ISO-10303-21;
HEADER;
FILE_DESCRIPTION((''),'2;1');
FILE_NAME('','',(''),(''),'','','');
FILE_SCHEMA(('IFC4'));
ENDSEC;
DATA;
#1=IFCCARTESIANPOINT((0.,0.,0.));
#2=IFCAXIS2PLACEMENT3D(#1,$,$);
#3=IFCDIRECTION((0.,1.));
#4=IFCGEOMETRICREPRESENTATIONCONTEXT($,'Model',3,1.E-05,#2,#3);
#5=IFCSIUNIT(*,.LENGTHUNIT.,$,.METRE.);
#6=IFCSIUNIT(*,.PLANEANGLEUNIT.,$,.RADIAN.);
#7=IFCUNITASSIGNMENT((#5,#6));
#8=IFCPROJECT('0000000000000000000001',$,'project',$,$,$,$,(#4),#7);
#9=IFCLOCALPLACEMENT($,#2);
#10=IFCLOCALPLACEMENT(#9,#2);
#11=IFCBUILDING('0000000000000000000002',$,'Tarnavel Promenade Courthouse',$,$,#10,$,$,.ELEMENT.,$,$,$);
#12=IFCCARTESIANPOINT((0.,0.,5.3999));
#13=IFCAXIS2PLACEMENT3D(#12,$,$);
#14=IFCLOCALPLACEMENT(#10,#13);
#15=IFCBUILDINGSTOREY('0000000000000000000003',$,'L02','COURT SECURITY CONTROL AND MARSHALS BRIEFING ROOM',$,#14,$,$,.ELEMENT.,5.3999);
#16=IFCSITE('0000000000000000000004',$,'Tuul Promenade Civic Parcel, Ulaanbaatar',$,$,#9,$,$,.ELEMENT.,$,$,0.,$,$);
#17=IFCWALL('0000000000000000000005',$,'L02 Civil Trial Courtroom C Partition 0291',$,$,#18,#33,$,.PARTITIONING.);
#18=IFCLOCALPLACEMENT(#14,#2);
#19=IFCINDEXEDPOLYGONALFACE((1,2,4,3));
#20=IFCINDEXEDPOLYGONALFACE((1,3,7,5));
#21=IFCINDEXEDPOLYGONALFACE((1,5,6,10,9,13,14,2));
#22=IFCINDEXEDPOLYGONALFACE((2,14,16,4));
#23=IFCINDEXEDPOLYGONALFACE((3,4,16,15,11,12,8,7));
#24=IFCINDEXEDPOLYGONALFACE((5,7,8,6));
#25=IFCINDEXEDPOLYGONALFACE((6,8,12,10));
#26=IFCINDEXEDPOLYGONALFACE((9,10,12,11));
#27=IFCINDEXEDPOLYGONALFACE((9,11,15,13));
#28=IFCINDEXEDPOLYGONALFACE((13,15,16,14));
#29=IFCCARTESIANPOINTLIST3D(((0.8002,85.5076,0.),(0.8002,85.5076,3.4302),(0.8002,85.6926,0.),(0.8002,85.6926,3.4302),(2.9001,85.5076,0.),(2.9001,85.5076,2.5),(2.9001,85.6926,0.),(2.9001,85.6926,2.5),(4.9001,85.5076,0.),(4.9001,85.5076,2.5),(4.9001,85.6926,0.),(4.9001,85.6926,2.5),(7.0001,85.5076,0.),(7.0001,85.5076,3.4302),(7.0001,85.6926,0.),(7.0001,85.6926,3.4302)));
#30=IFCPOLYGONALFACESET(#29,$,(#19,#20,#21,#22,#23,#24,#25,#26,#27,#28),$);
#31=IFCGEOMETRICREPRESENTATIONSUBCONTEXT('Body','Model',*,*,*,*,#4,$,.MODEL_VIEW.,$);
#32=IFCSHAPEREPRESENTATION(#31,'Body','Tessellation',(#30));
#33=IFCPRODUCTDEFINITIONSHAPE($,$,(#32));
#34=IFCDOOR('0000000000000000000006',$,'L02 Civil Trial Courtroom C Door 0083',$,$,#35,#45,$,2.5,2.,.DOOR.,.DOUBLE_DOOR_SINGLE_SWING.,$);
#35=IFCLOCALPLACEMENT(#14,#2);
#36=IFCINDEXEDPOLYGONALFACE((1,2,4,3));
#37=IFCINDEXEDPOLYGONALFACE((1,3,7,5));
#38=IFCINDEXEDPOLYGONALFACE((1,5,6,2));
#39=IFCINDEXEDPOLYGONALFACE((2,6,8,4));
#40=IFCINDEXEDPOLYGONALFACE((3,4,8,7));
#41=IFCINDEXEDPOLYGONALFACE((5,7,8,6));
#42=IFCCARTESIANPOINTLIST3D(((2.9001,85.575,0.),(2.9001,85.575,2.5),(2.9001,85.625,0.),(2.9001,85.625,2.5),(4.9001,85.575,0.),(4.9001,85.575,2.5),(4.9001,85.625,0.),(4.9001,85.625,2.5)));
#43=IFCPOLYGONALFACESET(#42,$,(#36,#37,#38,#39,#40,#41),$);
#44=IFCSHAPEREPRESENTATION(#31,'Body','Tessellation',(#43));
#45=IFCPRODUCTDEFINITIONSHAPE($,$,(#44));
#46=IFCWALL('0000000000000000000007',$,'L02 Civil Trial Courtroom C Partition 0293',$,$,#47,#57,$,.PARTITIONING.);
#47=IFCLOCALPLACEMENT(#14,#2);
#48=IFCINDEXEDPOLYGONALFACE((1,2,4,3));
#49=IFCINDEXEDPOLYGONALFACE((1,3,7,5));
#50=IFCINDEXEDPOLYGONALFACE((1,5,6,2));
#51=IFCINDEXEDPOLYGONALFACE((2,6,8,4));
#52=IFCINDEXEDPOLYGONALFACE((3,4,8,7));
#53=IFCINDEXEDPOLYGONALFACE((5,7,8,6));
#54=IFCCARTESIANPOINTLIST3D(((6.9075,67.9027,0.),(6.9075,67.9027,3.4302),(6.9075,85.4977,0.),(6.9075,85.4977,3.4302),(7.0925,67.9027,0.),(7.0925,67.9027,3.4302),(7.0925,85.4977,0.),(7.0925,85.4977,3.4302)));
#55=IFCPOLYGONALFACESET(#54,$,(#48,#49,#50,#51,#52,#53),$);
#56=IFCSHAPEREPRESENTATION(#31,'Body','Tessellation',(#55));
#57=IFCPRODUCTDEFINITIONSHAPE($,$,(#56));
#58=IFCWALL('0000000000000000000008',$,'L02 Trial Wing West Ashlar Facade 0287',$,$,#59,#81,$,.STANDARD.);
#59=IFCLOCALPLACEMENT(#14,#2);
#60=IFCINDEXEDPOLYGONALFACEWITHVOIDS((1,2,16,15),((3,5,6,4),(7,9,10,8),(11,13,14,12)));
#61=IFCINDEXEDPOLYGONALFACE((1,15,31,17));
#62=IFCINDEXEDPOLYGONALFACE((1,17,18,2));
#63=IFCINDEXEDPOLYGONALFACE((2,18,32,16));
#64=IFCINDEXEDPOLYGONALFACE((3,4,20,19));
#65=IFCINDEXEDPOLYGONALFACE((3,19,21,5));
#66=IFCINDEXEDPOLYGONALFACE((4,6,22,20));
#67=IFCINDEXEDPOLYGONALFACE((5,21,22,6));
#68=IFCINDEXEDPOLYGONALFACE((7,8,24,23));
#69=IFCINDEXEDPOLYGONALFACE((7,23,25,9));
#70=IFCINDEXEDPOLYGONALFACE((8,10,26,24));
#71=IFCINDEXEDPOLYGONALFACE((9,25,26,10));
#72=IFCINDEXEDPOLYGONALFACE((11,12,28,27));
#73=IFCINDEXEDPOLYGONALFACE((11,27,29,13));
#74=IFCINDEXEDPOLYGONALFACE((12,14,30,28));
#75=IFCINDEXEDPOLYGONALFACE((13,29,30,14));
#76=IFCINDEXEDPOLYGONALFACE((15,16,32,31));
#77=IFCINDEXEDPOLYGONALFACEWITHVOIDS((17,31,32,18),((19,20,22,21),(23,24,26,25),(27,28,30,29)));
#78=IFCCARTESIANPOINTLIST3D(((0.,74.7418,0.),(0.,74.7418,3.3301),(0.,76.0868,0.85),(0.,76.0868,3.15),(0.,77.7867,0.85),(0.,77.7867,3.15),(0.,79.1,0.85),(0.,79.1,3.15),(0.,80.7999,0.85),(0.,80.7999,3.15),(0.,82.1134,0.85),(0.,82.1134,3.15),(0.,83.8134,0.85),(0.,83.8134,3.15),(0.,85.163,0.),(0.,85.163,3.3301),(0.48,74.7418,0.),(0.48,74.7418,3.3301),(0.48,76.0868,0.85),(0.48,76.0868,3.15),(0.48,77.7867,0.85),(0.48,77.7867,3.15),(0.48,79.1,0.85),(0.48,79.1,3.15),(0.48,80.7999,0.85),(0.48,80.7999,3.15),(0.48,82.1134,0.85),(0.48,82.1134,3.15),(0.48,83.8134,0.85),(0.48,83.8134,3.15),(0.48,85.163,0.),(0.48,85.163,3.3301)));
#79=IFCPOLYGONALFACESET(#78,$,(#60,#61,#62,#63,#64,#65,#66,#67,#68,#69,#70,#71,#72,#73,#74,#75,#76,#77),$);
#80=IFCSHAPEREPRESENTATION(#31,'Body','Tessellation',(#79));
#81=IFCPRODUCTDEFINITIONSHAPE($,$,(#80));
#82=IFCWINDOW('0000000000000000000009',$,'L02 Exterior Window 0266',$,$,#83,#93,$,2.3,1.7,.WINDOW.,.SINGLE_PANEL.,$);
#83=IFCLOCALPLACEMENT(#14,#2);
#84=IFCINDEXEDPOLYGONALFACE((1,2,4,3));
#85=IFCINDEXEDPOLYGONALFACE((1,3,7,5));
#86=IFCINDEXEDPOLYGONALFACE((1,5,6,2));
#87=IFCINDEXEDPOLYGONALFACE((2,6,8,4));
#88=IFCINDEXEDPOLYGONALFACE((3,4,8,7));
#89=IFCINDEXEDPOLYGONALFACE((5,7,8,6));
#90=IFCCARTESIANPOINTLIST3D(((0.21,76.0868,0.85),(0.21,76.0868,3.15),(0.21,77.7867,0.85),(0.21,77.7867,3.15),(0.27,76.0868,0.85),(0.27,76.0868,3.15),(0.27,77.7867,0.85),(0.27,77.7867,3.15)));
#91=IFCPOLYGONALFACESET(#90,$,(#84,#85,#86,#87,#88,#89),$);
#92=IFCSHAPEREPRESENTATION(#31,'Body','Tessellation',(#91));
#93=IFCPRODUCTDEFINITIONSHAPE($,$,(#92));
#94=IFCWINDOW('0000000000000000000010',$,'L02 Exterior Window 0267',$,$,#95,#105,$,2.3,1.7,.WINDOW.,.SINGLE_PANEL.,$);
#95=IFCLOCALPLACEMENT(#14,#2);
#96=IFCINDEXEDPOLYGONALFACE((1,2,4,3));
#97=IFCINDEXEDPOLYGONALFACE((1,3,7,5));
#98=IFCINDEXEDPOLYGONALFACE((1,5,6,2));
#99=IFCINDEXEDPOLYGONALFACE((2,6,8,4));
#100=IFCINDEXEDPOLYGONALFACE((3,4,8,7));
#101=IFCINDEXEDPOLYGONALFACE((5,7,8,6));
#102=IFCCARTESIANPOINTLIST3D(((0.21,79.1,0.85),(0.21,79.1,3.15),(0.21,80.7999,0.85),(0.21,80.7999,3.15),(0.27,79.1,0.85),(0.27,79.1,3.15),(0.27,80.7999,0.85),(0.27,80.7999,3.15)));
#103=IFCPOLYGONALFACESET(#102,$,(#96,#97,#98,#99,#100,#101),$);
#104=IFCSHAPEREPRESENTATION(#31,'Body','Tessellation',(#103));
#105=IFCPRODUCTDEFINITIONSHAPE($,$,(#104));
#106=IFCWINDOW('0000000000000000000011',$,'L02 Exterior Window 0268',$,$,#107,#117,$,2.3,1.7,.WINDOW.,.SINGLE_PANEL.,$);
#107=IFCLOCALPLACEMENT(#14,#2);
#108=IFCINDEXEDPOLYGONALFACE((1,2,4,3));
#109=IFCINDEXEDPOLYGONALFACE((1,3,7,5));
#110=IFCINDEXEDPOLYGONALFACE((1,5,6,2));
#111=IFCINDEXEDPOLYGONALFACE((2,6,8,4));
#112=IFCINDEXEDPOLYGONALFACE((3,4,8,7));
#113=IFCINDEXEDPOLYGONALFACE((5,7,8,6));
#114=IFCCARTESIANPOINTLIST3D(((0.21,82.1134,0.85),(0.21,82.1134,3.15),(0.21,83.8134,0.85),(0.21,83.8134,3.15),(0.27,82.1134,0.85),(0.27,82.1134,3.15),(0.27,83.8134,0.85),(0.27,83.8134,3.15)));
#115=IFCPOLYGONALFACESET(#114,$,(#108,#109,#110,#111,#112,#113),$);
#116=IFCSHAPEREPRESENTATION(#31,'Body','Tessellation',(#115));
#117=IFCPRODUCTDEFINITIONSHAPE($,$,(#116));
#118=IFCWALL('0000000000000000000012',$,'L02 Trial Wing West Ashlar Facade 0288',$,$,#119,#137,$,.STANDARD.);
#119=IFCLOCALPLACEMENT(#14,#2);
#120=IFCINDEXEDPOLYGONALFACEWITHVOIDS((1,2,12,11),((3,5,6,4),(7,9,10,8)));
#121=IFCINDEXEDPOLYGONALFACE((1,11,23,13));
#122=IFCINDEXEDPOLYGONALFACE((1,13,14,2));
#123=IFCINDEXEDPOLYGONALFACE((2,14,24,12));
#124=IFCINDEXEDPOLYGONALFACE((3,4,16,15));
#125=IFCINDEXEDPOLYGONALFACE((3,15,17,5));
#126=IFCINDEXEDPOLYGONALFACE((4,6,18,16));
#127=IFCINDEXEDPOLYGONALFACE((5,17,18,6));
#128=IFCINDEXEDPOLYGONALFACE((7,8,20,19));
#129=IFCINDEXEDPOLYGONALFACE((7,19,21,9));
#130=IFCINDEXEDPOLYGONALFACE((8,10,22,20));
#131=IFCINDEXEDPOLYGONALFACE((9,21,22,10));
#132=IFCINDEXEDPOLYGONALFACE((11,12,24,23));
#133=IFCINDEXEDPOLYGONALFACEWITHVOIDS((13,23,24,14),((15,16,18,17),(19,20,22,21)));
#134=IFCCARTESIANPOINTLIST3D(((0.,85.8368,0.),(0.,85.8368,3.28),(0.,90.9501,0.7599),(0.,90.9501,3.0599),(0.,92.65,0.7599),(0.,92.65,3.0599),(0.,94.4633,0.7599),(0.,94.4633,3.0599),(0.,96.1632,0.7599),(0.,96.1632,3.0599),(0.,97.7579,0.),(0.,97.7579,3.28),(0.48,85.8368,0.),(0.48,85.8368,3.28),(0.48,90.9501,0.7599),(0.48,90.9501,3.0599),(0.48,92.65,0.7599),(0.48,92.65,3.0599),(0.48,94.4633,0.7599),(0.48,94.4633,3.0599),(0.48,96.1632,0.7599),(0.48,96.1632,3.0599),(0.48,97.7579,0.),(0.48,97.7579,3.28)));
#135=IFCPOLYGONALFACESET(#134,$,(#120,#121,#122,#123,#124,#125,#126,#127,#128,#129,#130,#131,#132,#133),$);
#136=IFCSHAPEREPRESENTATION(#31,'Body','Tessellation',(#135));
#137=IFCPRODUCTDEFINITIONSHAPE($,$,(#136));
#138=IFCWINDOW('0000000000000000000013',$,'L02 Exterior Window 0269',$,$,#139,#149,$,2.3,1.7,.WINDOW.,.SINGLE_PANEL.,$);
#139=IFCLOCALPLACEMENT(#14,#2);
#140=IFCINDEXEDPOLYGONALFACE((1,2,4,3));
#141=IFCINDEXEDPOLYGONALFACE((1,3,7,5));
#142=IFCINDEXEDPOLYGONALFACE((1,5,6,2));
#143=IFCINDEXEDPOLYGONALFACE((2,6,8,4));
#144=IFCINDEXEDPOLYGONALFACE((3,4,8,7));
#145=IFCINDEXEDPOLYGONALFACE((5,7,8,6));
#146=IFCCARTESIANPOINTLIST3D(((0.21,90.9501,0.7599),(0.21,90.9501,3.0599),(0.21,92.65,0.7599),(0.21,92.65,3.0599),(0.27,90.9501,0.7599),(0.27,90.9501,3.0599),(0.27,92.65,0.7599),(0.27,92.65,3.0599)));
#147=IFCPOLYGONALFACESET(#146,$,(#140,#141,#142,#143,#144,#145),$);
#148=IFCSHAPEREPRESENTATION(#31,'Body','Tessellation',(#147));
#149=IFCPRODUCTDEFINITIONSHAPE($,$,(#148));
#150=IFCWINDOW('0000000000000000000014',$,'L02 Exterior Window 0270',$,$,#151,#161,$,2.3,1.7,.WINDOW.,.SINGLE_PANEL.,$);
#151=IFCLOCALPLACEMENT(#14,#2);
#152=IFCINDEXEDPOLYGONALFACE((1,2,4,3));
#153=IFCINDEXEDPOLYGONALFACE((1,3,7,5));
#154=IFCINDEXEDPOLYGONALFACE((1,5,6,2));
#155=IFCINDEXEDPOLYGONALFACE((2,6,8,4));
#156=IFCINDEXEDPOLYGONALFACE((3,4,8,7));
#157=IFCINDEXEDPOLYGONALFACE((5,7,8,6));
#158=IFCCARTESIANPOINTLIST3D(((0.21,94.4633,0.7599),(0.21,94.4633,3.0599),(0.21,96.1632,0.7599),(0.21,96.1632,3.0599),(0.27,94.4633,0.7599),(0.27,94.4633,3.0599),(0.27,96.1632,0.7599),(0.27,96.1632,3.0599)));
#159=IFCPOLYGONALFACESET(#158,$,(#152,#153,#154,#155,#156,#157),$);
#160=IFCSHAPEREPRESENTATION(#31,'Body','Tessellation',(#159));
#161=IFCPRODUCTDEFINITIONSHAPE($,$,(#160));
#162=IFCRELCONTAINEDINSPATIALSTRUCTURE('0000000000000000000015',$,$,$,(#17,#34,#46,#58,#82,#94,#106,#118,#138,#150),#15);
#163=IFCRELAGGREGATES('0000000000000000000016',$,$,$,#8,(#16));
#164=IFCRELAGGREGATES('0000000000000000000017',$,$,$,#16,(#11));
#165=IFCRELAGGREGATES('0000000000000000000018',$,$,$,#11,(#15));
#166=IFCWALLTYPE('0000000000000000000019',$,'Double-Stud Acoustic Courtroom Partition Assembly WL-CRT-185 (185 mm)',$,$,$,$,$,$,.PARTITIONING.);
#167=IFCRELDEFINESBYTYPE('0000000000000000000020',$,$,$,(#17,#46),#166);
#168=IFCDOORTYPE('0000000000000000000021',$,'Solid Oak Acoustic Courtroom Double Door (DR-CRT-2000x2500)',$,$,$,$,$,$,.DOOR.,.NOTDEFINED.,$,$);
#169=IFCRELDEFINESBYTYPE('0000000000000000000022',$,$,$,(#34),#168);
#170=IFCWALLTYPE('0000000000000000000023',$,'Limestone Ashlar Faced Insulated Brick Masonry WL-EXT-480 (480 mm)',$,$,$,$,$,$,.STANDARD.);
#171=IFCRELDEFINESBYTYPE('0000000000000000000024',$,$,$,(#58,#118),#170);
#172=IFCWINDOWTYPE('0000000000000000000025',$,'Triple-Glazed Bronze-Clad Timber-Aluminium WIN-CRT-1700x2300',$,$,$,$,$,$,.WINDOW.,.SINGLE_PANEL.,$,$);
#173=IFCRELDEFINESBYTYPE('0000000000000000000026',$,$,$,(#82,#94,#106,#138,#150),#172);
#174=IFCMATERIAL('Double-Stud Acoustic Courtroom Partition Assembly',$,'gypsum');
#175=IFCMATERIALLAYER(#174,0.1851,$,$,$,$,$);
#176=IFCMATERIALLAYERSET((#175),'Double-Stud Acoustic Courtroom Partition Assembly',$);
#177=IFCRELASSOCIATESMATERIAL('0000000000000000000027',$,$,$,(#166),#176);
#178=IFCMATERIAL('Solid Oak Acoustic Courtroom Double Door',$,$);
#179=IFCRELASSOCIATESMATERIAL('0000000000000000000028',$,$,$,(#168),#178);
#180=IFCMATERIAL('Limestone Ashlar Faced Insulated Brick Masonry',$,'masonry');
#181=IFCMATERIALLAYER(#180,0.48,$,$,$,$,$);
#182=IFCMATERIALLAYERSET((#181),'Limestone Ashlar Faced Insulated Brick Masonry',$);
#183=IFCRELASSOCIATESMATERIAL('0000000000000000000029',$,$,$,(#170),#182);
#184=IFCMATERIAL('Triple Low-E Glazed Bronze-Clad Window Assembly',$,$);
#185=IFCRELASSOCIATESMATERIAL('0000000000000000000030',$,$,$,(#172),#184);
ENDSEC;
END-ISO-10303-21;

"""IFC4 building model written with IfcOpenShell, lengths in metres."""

from ifc_helpers import new_model, si_unit, direction, frame, frame_2d, origin, place, context, subcontext, project, spatial, rectangle, extrude, material, layer, layer_set, type_object, element, fill, save


model = new_model("IFC4")

# Units and contexts
model_context = context("Model", 3, precision=1e-05, world=origin(), true_north=direction((0.0, 1.0)))
body_context = subcontext(model_context, "Body", "Model", "MODEL_VIEW")
ifc_project = project(units=[si_unit("LENGTHUNIT", "METRE"), si_unit("PLANEANGLEUNIT", "RADIAN")], contexts=[model_context])

# Site, building, storey
site_placement = place(None, origin())
site = spatial("IfcSite", under=ifc_project, at=site_placement, Name="Tuul Promenade Civic Parcel, Ulaanbaatar", CompositionType="ELEMENT", RefElevation=0.0)
building_placement = place(site_placement, origin())
building = spatial("IfcBuilding", under=site, at=building_placement, Name="Tarnavel Promenade Courthouse", CompositionType="ELEMENT")
storey_placement = place(building_placement, frame((0.0, 0.0, 5.3999)))
storey = spatial("IfcBuildingStorey", under=building, at=storey_placement, Name="L02", Description="COURT SECURITY CONTROL AND MARSHALS BRIEFING ROOM", CompositionType="ELEMENT", Elevation=5.3999)

# Wall, opening, door
ifc_material_1 = material(Name="Double-Stud Acoustic Courtroom Partition Assembly", Category="gypsum")
ifc_layer_1 = layer(ifc_material_1, 0.1851)
ifc_layer_set_1 = layer_set([ifc_layer_1], Name="Double-Stud Acoustic Courtroom Partition Assembly")
wall_type_1 = type_object("IfcWallType", Name="Double-Stud Acoustic Courtroom Partition Assembly WL-CRT-185 (185 mm)", PredefinedType="PARTITIONING", material=ifc_layer_set_1)
wall_1_placement = place(storey_placement, frame((0.8, 85.6001, 0.0), z_axis=(0.0, 0.0, 1.0), x_axis=(1.0, 0.0, 0.0)))
wall_1 = element("IfcWall", 1, at=wall_1_placement, inside=storey, type_object=wall_type_1, Name="L02 Civil Trial Courtroom C Partition 0291", PredefinedType="PARTITIONING", context=body_context, shape_type="SweptSolid", body=[
    extrude(rectangle(XDim=6.2, YDim=0.1851, at=frame_2d((3.1001, 0.0))), origin(), (0.0, 0.0, 1.0), 3.4302),
])
opening_1_placement = place(wall_1_placement, frame((2.1001, 0.0, 0.0)))
opening_1 = element("IfcOpeningElement", 2, at=opening_1_placement, cuts=wall_1, PredefinedType="OPENING", context=body_context, shape_type="SweptSolid", body=[
    extrude(rectangle(XDim=2.0, YDim=2.5, at=frame_2d((1.0, 1.25))), frame((0.0, 0.1025, 0.0), z_axis=(0.0, -1.0, 0.0), x_axis=(1.0, 0.0, 0.0)), (0.0, 0.0, 1.0), 0.2051),
])
ifc_material_2 = material(Name="Solid Oak Acoustic Courtroom Double Door")
door_type_1 = type_object("IfcDoorType", Name="Solid Oak Acoustic Courtroom Double Door (DR-CRT-2000x2500)", OperationType="NOTDEFINED", PredefinedType="DOOR", material=ifc_material_2)
door_1_placement = place(opening_1_placement, origin())
door_1 = element("IfcDoor", 3, at=door_1_placement, inside=storey, type_object=door_type_1, Name="L02 Civil Trial Courtroom C Door 0083", OperationType="DOUBLE_DOOR_SINGLE_SWING", OverallHeight=2.5, OverallWidth=2.0, PredefinedType="DOOR", context=body_context, shape_type="SweptSolid", body=[
    extrude(rectangle(XDim=2.0, YDim=2.5, at=frame_2d((1.0, 1.25))), frame((0.0, 0.0249, 0.0), z_axis=(0.0, -1.0, 0.0), x_axis=(1.0, 0.0, 0.0)), (0.0, 0.0, 1.0), 0.05),
])
fill(opening_1, door_1)

# Wall
wall_2_placement = place(storey_placement, frame((7.0, 85.4976, 0.0), z_axis=(0.0, 0.0, 1.0), x_axis=(0.0, -1.0, 0.0)))
element("IfcWall", 4, at=wall_2_placement, inside=storey, type_object=wall_type_1, Name="L02 Civil Trial Courtroom C Partition 0293", PredefinedType="PARTITIONING", context=body_context, shape_type="SweptSolid", body=[
    extrude(rectangle(XDim=17.595, YDim=0.1851, at=frame_2d((8.7974, 0.0))), origin(), (0.0, 0.0, 1.0), 3.4302),
])

# Walls, openings, windows
ifc_material_3 = material(Name="Limestone Ashlar Faced Insulated Brick Masonry", Category="masonry")
ifc_layer_2 = layer(ifc_material_3, 0.48)
ifc_layer_set_2 = layer_set([ifc_layer_2], Name="Limestone Ashlar Faced Insulated Brick Masonry")
wall_type_2 = type_object("IfcWallType", Name="Limestone Ashlar Faced Insulated Brick Masonry WL-EXT-480 (480 mm)", PredefinedType="STANDARD", material=ifc_layer_set_2)
wall_3_placement = place(storey_placement, frame((0.24, 74.7419, 0.0), z_axis=(0.0, 0.0, 1.0), x_axis=(0.0, 1.0, 0.0)))
wall_3 = element("IfcWall", 5, at=wall_3_placement, inside=storey, type_object=wall_type_2, Name="L02 Trial Wing West Ashlar Facade 0287", PredefinedType="STANDARD", context=body_context, shape_type="SweptSolid", body=[
    extrude(rectangle(XDim=10.4211, YDim=0.48, at=frame_2d((5.2104, 0.0))), origin(), (0.0, 0.0, 1.0), 3.3301),
])
opening_2_placement = place(wall_3_placement, frame((1.3447, 0.0, 0.8501)))
opening_2 = element("IfcOpeningElement", 6, at=opening_2_placement, cuts=wall_3, PredefinedType="OPENING", context=body_context, shape_type="SweptSolid", body=[
    extrude(rectangle(XDim=1.7, YDim=2.3, at=frame_2d((0.8501, 1.1499))), frame((0.0, 0.25, 0.0), z_axis=(0.0, -1.0, 0.0), x_axis=(1.0, 0.0, 0.0)), (0.0, 0.0, 1.0), 0.5),
])
opening_3_placement = place(wall_3_placement, frame((4.3579, 0.0, 0.8501)))
opening_3 = element("IfcOpeningElement", 7, at=opening_3_placement, cuts=wall_3, PredefinedType="OPENING", context=body_context, shape_type="SweptSolid", body=[
    extrude(rectangle(XDim=1.7, YDim=2.3, at=frame_2d((0.8501, 1.1499))), frame((0.0, 0.25, 0.0), z_axis=(0.0, -1.0, 0.0), x_axis=(1.0, 0.0, 0.0)), (0.0, 0.0, 1.0), 0.5),
])
opening_4_placement = place(wall_3_placement, frame((7.3713, 0.0, 0.8501)))
opening_4 = element("IfcOpeningElement", 8, at=opening_4_placement, cuts=wall_3, PredefinedType="OPENING", context=body_context, shape_type="SweptSolid", body=[
    extrude(rectangle(XDim=1.7, YDim=2.3, at=frame_2d((0.8501, 1.1499))), frame((0.0, 0.25, 0.0), z_axis=(0.0, -1.0, 0.0), x_axis=(1.0, 0.0, 0.0)), (0.0, 0.0, 1.0), 0.5),
])
ifc_material_4 = material(Name="Triple Low-E Glazed Bronze-Clad Window Assembly")
window_type = type_object("IfcWindowType", Name="Triple-Glazed Bronze-Clad Timber-Aluminium WIN-CRT-1700x2300", PartitioningType="SINGLE_PANEL", PredefinedType="WINDOW", material=ifc_material_4)
window_1_placement = place(opening_2_placement, origin())
window_1 = element("IfcWindow", 9, at=window_1_placement, inside=storey, type_object=window_type, Name="L02 Exterior Window 0266", OverallHeight=2.3, OverallWidth=1.7, PartitioningType="SINGLE_PANEL", PredefinedType="WINDOW", context=body_context, shape_type="SweptSolid", body=[
    extrude(rectangle(XDim=1.7, YDim=2.3, at=frame_2d((0.8501, 1.1499))), frame((0.0, 0.03, 0.0), z_axis=(0.0, -1.0, 0.0), x_axis=(1.0, 0.0, 0.0)), (0.0, 0.0, 1.0), 0.0601),
])
fill(opening_2, window_1)
window_2_placement = place(opening_3_placement, origin())
window_2 = element("IfcWindow", 10, at=window_2_placement, inside=storey, type_object=window_type, Name="L02 Exterior Window 0267", OverallHeight=2.3, OverallWidth=1.7, PartitioningType="SINGLE_PANEL", PredefinedType="WINDOW", context=body_context, shape_type="SweptSolid", body=[
    extrude(rectangle(XDim=1.7, YDim=2.3, at=frame_2d((0.8501, 1.1499))), frame((0.0, 0.03, 0.0), z_axis=(0.0, -1.0, 0.0), x_axis=(1.0, 0.0, 0.0)), (0.0, 0.0, 1.0), 0.0601),
])
fill(opening_3, window_2)
window_3_placement = place(opening_4_placement, origin())
window_3 = element("IfcWindow", 11, at=window_3_placement, inside=storey, type_object=window_type, Name="L02 Exterior Window 0268", OverallHeight=2.3, OverallWidth=1.7, PartitioningType="SINGLE_PANEL", PredefinedType="WINDOW", context=body_context, shape_type="SweptSolid", body=[
    extrude(rectangle(XDim=1.7, YDim=2.3, at=frame_2d((0.8501, 1.1499))), frame((0.0, 0.03, 0.0), z_axis=(0.0, -1.0, 0.0), x_axis=(1.0, 0.0, 0.0)), (0.0, 0.0, 1.0), 0.0601),
])
fill(opening_4, window_3)
wall_4_placement = place(storey_placement, frame((0.24, 85.8369, 0.0), z_axis=(0.0, 0.0, 1.0), x_axis=(0.0, 1.0, 0.0)))
wall_4 = element("IfcWall", 12, at=wall_4_placement, inside=storey, type_object=wall_type_2, Name="L02 Trial Wing West Ashlar Facade 0288", PredefinedType="STANDARD", context=body_context, shape_type="SweptSolid", body=[
    extrude(rectangle(XDim=11.9211, YDim=0.48, at=frame_2d((5.9604, 0.0))), origin(), (0.0, 0.0, 1.0), 3.28),
])
opening_5_placement = place(wall_4_placement, frame((5.113, 0.0, 0.76)))
opening_5 = element("IfcOpeningElement", 13, at=opening_5_placement, cuts=wall_4, PredefinedType="OPENING", context=body_context, shape_type="SweptSolid", body=[
    extrude(rectangle(XDim=1.7, YDim=2.3, at=frame_2d((0.8501, 1.1499))), frame((0.0, 0.25, 0.0), z_axis=(0.0, -1.0, 0.0), x_axis=(1.0, 0.0, 0.0)), (0.0, 0.0, 1.0), 0.5),
])
opening_6_placement = place(wall_4_placement, frame((8.6262, 0.0, 0.76)))
opening_6 = element("IfcOpeningElement", 14, at=opening_6_placement, cuts=wall_4, PredefinedType="OPENING", context=body_context, shape_type="SweptSolid", body=[
    extrude(rectangle(XDim=1.7, YDim=2.3, at=frame_2d((0.8501, 1.1499))), frame((0.0, 0.25, 0.0), z_axis=(0.0, -1.0, 0.0), x_axis=(1.0, 0.0, 0.0)), (0.0, 0.0, 1.0), 0.5),
])
window_4_placement = place(opening_5_placement, origin())
window_4 = element("IfcWindow", 15, at=window_4_placement, inside=storey, type_object=window_type, Name="L02 Exterior Window 0269", OverallHeight=2.3, OverallWidth=1.7, PartitioningType="SINGLE_PANEL", PredefinedType="WINDOW", context=body_context, shape_type="SweptSolid", body=[
    extrude(rectangle(XDim=1.7, YDim=2.3, at=frame_2d((0.8501, 1.1499))), frame((0.0, 0.03, 0.0), z_axis=(0.0, -1.0, 0.0), x_axis=(1.0, 0.0, 0.0)), (0.0, 0.0, 1.0), 0.0601),
])
fill(opening_5, window_4)
window_5_placement = place(opening_6_placement, origin())
window_5 = element("IfcWindow", 16, at=window_5_placement, inside=storey, type_object=window_type, Name="L02 Exterior Window 0270", OverallHeight=2.3, OverallWidth=1.7, PartitioningType="SINGLE_PANEL", PredefinedType="WINDOW", context=body_context, shape_type="SweptSolid", body=[
    extrude(rectangle(XDim=1.7, YDim=2.3, at=frame_2d((0.8501, 1.1499))), frame((0.0, 0.03, 0.0), z_axis=(0.0, -1.0, 0.0), x_axis=(1.0, 0.0, 0.0)), (0.0, 0.0, 1.0), 0.0601),
])
fill(opening_6, window_5)

save(model, "model.ifc")
